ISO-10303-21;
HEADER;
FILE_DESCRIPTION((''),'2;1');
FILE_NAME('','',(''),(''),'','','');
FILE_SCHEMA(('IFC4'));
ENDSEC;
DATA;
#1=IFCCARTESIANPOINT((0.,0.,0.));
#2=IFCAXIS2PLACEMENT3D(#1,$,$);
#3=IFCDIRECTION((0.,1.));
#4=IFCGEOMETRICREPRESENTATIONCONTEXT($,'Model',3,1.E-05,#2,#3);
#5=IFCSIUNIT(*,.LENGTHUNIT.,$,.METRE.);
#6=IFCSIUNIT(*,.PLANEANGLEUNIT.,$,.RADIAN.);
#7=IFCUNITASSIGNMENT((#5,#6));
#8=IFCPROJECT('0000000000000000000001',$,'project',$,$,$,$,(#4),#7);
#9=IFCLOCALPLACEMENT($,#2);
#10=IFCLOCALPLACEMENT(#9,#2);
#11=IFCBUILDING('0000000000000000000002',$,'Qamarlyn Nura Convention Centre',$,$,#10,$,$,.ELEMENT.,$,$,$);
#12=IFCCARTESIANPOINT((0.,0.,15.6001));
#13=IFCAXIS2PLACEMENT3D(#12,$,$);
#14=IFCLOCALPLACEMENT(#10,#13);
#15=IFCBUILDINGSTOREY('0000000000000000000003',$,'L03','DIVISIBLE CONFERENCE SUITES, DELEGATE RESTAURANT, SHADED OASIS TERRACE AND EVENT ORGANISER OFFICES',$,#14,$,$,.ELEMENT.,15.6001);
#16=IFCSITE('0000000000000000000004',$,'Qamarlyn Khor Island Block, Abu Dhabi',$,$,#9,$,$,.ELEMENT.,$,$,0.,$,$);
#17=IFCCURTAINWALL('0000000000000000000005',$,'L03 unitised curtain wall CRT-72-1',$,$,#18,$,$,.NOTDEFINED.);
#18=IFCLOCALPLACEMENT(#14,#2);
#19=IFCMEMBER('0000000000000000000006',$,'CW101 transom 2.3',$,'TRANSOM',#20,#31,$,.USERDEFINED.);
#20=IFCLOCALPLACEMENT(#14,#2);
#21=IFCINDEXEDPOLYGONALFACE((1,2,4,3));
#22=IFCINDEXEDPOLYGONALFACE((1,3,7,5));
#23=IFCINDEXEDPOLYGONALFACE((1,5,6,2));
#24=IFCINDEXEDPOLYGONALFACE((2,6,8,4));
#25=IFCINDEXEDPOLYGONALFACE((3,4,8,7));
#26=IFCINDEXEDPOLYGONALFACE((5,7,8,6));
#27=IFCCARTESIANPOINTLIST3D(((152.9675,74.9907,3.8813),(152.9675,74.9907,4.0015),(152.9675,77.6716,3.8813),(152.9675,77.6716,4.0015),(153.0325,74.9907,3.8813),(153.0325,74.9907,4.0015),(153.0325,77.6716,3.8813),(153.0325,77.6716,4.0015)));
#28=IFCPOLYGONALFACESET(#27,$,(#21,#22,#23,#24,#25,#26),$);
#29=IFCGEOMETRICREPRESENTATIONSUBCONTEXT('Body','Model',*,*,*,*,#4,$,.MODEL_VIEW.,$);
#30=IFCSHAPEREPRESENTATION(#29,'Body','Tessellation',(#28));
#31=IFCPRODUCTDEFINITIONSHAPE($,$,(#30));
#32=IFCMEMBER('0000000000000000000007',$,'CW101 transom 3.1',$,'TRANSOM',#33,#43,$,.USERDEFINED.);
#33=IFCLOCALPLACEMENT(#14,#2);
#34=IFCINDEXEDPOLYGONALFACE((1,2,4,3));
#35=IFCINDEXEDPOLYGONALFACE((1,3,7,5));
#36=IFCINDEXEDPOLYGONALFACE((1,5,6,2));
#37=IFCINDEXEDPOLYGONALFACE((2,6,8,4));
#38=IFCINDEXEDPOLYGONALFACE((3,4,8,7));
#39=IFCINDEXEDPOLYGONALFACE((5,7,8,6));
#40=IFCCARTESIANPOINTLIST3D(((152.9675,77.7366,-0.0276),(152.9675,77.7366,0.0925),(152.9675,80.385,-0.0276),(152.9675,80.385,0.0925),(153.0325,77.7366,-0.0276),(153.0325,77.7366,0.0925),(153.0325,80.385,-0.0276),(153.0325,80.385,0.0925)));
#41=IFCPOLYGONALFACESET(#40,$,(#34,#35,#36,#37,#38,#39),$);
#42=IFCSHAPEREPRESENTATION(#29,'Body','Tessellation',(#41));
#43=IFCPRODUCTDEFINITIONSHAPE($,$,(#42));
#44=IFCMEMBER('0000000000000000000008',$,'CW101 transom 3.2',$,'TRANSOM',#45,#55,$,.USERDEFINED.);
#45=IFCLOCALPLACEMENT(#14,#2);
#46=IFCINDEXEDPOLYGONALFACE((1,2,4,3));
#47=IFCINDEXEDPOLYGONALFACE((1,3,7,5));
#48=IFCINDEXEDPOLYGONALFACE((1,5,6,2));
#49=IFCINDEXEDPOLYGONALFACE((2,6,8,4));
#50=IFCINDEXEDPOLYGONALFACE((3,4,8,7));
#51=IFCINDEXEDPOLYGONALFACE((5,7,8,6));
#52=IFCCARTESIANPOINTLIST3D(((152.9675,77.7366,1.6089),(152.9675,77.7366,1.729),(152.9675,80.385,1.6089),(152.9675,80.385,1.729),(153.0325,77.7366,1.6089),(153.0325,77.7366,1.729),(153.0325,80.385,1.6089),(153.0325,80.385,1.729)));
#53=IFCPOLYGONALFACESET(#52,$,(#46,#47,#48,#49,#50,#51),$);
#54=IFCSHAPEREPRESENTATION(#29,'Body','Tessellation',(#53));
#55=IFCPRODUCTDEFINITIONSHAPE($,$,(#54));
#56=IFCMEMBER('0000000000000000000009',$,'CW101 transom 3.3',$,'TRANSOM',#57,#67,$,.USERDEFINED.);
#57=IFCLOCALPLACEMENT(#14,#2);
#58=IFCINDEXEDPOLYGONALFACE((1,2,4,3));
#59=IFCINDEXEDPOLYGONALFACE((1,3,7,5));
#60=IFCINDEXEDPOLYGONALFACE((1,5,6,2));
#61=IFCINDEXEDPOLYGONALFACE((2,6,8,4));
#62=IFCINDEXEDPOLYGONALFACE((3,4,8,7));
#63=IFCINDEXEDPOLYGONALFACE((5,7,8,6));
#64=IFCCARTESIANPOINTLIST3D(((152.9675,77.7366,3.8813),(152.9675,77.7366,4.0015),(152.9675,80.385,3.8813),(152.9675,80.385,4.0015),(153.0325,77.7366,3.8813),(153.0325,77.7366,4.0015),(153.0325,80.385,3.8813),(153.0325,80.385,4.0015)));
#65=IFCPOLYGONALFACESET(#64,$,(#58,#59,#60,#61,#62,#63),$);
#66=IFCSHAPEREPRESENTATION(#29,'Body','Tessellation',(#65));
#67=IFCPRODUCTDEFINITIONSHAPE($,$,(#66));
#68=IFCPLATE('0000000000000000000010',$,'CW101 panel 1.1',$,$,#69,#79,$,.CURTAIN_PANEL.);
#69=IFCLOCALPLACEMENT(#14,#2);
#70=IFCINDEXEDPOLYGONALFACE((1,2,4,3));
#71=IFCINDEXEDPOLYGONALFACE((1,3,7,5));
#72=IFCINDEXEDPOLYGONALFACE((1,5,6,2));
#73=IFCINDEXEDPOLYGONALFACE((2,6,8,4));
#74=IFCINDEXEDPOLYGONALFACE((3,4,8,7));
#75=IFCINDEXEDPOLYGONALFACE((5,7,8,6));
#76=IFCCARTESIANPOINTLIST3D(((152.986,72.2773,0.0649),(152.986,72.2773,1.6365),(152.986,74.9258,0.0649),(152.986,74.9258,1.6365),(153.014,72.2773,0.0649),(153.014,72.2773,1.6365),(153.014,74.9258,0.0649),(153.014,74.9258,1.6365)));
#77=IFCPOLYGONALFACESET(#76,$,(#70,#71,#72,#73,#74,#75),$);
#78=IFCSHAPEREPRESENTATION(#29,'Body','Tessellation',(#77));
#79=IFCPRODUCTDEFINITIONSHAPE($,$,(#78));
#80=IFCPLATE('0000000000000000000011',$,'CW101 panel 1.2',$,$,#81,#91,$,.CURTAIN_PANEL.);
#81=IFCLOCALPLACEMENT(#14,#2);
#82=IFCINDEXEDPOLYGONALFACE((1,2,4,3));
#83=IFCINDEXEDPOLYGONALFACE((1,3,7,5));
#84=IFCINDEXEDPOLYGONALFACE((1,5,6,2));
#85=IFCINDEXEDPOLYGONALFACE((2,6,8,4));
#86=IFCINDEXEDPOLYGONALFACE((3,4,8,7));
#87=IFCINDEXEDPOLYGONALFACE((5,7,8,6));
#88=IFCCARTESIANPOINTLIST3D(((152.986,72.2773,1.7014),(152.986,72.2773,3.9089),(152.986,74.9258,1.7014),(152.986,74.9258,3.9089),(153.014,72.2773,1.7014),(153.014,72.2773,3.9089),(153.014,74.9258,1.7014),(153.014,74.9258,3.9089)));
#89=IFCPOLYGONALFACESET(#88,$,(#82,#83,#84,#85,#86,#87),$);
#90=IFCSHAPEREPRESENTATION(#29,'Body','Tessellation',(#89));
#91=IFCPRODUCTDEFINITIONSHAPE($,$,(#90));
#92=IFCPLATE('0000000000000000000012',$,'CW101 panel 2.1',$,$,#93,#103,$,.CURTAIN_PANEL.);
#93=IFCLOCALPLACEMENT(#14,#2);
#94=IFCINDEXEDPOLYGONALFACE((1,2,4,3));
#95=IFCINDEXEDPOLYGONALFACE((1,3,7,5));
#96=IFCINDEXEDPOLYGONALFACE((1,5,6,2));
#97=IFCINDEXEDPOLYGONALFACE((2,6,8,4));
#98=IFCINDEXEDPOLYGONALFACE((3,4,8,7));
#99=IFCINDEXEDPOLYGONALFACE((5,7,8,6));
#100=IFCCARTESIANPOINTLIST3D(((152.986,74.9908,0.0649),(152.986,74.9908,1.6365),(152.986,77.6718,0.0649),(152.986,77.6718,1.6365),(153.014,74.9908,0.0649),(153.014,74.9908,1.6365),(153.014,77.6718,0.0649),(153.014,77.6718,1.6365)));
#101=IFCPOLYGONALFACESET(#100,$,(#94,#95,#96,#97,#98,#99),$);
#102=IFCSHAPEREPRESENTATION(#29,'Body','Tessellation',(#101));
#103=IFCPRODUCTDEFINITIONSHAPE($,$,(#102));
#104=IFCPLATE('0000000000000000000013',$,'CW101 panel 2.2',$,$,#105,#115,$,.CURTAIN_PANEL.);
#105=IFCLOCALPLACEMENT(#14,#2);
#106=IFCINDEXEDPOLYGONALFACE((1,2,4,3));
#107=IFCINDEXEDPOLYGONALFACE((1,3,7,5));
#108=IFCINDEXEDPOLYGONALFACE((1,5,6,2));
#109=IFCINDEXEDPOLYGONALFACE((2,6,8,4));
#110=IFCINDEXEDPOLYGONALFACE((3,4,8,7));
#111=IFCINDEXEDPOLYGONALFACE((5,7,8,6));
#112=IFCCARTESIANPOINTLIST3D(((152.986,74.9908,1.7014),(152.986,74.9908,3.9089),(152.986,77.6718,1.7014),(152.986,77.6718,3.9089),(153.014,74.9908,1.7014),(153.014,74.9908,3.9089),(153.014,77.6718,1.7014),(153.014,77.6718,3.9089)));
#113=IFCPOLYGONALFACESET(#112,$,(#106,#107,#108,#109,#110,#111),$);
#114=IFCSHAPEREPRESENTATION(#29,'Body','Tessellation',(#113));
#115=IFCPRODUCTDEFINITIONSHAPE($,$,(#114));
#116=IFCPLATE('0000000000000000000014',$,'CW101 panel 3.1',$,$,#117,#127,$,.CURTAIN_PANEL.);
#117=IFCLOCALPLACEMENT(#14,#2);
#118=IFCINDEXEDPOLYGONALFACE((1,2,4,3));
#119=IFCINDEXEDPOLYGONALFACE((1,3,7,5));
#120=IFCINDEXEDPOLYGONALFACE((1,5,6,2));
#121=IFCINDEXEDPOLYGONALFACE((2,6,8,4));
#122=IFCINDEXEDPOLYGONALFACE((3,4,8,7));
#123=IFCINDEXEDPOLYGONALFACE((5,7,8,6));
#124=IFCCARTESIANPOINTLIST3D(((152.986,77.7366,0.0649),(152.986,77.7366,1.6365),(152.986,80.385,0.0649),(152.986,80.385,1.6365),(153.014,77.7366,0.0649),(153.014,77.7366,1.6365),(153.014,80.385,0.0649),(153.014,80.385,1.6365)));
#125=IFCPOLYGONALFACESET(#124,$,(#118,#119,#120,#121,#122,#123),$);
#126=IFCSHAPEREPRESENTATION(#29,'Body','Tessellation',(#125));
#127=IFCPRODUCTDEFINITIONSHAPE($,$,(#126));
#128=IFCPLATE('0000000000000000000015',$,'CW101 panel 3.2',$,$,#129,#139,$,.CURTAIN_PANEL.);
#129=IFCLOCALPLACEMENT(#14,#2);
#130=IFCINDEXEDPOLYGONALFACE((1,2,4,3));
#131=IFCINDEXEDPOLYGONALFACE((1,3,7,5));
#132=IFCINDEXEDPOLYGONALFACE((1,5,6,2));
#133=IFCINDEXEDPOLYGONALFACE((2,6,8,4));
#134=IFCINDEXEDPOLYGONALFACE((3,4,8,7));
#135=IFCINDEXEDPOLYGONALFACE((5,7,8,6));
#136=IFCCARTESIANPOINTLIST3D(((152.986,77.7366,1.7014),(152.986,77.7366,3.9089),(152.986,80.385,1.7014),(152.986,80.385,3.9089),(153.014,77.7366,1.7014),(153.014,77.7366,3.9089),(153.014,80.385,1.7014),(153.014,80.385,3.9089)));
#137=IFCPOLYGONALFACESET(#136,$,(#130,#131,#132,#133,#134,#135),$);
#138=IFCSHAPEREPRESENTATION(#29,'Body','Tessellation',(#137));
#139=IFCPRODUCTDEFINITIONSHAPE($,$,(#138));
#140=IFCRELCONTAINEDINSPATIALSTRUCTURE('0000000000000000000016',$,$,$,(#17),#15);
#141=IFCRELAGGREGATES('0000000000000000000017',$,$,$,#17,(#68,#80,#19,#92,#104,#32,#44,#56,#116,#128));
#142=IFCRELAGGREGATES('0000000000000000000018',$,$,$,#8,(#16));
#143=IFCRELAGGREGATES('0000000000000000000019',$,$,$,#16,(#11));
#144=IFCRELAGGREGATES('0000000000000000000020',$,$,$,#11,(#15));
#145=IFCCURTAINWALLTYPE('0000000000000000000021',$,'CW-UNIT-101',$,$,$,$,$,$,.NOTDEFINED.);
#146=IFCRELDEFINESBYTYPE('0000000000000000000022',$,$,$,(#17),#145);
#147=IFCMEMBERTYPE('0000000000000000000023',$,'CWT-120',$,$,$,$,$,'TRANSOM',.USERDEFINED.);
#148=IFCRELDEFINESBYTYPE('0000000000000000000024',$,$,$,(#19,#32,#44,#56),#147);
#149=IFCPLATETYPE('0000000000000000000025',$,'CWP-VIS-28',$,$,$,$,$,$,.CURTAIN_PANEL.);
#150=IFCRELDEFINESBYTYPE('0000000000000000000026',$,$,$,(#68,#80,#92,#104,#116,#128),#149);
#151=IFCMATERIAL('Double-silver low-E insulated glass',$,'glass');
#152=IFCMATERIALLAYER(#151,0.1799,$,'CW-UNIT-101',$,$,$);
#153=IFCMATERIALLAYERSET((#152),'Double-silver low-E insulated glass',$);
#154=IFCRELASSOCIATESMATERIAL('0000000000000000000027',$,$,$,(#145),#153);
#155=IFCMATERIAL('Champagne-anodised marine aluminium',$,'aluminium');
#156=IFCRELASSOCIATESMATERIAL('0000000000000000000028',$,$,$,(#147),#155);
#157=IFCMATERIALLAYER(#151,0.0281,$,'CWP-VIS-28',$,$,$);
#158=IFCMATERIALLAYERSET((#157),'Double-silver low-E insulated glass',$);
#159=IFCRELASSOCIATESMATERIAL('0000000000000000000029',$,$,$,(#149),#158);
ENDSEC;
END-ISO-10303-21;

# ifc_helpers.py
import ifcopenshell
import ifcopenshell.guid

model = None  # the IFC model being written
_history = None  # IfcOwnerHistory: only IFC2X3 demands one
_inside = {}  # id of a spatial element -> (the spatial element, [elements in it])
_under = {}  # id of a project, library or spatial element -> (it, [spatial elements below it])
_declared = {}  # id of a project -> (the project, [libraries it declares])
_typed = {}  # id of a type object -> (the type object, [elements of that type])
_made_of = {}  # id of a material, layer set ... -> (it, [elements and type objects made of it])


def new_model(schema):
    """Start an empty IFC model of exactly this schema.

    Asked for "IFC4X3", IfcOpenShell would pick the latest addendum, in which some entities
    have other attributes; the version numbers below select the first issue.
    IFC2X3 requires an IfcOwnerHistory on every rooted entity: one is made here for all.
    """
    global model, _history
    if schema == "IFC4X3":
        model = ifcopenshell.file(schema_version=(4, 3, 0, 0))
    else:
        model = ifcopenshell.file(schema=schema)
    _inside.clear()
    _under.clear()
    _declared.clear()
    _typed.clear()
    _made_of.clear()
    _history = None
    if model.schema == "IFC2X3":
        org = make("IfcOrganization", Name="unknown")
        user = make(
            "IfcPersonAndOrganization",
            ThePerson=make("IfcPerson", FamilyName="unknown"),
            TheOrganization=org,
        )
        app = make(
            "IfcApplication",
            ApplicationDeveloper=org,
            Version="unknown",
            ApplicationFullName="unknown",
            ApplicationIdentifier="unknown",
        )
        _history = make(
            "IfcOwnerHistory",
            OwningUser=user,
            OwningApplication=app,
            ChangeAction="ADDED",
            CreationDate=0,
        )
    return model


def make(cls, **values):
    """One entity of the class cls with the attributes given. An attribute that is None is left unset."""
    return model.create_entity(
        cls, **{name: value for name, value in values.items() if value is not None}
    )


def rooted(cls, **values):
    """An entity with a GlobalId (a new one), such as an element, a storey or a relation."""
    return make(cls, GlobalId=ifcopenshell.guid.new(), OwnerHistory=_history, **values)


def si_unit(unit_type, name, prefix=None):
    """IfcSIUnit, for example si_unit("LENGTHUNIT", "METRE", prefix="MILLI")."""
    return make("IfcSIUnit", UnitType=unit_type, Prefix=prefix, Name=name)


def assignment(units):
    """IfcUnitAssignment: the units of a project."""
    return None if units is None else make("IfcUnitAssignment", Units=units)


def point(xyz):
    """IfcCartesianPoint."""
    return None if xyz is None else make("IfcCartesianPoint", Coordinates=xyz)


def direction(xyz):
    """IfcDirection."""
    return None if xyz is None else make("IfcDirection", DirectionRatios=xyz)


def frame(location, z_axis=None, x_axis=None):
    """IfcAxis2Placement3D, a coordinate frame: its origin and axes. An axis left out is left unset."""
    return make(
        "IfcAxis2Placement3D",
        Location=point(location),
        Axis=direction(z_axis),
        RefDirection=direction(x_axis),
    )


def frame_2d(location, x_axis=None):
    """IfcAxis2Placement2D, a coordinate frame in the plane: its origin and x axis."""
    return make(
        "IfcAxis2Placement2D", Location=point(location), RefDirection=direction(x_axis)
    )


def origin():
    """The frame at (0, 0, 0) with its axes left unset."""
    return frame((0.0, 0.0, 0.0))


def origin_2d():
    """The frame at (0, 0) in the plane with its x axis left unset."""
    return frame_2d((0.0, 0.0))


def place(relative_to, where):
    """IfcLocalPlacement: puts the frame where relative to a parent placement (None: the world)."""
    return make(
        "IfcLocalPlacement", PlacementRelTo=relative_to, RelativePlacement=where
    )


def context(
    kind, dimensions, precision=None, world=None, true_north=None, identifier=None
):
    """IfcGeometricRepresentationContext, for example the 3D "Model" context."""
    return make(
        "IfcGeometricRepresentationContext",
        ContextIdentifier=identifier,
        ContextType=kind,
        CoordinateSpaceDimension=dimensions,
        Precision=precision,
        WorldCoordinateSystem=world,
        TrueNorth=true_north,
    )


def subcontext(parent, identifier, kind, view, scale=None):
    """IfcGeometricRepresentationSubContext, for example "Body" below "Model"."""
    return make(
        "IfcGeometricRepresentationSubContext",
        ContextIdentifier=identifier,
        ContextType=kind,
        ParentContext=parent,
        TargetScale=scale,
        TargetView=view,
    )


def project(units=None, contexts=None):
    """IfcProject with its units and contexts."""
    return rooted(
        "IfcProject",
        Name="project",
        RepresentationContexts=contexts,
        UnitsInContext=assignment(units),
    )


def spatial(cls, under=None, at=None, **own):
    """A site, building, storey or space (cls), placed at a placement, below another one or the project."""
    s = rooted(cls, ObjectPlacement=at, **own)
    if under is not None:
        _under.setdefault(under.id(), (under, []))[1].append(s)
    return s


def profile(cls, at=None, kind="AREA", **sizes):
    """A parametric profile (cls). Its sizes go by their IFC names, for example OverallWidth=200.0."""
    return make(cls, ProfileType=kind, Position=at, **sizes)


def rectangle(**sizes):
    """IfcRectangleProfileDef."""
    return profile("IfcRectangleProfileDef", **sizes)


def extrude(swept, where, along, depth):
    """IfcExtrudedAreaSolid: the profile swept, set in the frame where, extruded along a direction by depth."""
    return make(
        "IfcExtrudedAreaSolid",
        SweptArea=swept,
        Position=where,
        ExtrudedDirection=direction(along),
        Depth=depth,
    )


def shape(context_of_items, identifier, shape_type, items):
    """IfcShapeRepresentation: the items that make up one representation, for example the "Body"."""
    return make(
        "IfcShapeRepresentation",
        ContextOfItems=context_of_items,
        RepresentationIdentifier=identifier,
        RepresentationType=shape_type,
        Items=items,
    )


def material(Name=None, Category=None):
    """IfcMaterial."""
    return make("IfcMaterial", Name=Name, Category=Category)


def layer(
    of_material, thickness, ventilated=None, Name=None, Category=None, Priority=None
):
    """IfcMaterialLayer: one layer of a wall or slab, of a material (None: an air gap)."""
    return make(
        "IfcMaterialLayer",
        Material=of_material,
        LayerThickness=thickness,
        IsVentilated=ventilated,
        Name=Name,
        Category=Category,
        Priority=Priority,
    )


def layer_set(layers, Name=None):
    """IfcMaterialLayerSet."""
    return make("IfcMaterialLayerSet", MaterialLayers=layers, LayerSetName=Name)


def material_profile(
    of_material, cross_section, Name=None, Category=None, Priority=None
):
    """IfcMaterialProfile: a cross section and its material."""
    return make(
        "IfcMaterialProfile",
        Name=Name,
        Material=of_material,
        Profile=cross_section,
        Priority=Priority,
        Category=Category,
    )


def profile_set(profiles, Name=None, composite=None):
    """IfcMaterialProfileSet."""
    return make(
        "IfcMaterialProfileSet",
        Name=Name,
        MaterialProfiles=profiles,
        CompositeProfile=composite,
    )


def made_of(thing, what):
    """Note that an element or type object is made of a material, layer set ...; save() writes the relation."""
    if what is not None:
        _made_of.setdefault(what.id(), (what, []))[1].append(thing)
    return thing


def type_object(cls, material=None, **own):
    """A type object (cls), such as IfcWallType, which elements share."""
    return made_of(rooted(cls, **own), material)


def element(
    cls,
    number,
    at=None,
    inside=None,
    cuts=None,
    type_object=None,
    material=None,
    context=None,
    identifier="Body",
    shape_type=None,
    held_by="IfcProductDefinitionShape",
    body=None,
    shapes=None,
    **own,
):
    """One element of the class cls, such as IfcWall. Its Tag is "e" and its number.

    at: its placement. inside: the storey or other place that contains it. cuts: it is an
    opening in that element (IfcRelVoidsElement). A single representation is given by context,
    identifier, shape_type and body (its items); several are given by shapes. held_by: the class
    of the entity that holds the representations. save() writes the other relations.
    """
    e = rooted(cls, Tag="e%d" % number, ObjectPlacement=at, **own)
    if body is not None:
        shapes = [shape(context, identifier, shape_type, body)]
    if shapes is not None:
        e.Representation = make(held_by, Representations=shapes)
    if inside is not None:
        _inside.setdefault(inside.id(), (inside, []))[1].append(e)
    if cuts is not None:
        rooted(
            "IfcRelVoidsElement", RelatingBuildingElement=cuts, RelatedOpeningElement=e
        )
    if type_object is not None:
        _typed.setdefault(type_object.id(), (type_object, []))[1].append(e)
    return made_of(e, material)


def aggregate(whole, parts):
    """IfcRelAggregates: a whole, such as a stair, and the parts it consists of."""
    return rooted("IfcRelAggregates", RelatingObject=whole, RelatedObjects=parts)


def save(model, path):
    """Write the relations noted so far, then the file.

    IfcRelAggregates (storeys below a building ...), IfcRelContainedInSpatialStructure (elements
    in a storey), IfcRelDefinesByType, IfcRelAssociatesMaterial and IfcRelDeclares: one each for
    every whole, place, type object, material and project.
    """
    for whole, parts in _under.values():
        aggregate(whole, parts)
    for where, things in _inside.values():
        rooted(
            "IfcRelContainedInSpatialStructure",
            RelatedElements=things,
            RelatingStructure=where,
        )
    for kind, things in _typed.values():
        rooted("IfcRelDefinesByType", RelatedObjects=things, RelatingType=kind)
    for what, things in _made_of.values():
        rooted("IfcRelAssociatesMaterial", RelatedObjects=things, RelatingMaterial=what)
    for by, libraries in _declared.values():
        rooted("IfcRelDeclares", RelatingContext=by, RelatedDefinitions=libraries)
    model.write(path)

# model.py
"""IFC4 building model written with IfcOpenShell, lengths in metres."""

from ifc_helpers import new_model, si_unit, direction, frame, origin, origin_2d, place, context, subcontext, project, spatial, rectangle, extrude, material, layer, layer_set, material_profile, profile_set, type_object, element, aggregate, save


model = new_model("IFC4")

# Units and contexts
model_context = context("Model", 3, precision=1e-05, world=origin(), true_north=direction((0.0, 1.0)))
body_context = subcontext(model_context, "Body", "Model", "MODEL_VIEW")
ifc_project = project(units=[si_unit("LENGTHUNIT", "METRE"), si_unit("PLANEANGLEUNIT", "RADIAN")], contexts=[model_context])

# Site, building, storey
site_placement = place(None, origin())
site = spatial("IfcSite", under=ifc_project, at=site_placement, Name="Qamarlyn Khor Island Block, Abu Dhabi", CompositionType="ELEMENT", RefElevation=0.0)
building_placement = place(site_placement, origin())
building = spatial("IfcBuilding", under=site, at=building_placement, Name="Qamarlyn Nura Convention Centre", CompositionType="ELEMENT")
storey_placement = place(building_placement, frame((0.0, 0.0, 15.6001)))
storey = spatial("IfcBuildingStorey", under=building, at=storey_placement, Name="L03", Description="DIVISIBLE CONFERENCE SUITES, DELEGATE RESTAURANT, SHADED OASIS TERRACE AND EVENT ORGANISER OFFICES", CompositionType="ELEMENT", Elevation=15.6001)

# Curtain wall, members, plates
ifc_material_1 = material(Name="Double-silver low-E insulated glass", Category="glass")
ifc_layer_1 = layer(ifc_material_1, 0.1799, Name="CW-UNIT-101")
ifc_layer_set_1 = layer_set([ifc_layer_1], Name="Double-silver low-E insulated glass")
curtain_wall_type = type_object("IfcCurtainWallType", Name="CW-UNIT-101", PredefinedType="NOTDEFINED", material=ifc_layer_set_1)
curtain_wall_placement = place(storey_placement, origin())
curtain_wall = element("IfcCurtainWall", 1, at=curtain_wall_placement, inside=storey, type_object=curtain_wall_type, Name="L03 unitised curtain wall CRT-72-1", PredefinedType="NOTDEFINED")
ifc_material_2 = material(Name="Champagne-anodised marine aluminium", Category="aluminium")
ifc_material_profile_1 = material_profile(ifc_material_2, rectangle(XDim=0.0649, YDim=0.1201, at=origin_2d()), Name="ALU TRANSOM 65x120")
ifc_profile_set_1 = profile_set([ifc_material_profile_1], Name="Champagne-anodised marine aluminium")
member_type_1 = type_object("IfcMemberType", Name="CWT-120", ElementType="TRANSOM", PredefinedType="USERDEFINED", material=ifc_profile_set_1)
member_1_placement = place(storey_placement, frame((153.0, 74.9907, 3.9414), z_axis=(0.0, 1.0, 0.0), x_axis=(-1.0, 0.0, 0.0)))
member_1 = element("IfcMember", 2, at=member_1_placement, type_object=member_type_1, Name="CW101 transom 2.3", ObjectType="TRANSOM", PredefinedType="USERDEFINED", context=body_context, shape_type="SweptSolid", body=[
    extrude(rectangle(XDim=0.0649, YDim=0.1201, at=origin_2d()), origin(), (0.0, 0.0, 1.0), 2.6809),
])
member_2_placement = place(storey_placement, frame((153.0, 77.7366, 0.0325), z_axis=(0.0, 1.0, 0.0), x_axis=(-1.0, 0.0, 0.0)))
member_2 = element("IfcMember", 3, at=member_2_placement, type_object=member_type_1, Name="CW101 transom 3.1", ObjectType="TRANSOM", PredefinedType="USERDEFINED", context=body_context, shape_type="SweptSolid", body=[
    extrude(rectangle(XDim=0.0649, YDim=0.1201, at=origin_2d()), origin(), (0.0, 0.0, 1.0), 2.6484),
])
member_3_placement = place(storey_placement, frame((153.0, 77.7366, 1.6689), z_axis=(0.0, 1.0, 0.0), x_axis=(-1.0, 0.0, 0.0)))
member_3 = element("IfcMember", 4, at=member_3_placement, type_object=member_type_1, Name="CW101 transom 3.2", ObjectType="TRANSOM", PredefinedType="USERDEFINED", context=body_context, shape_type="SweptSolid", body=[
    extrude(rectangle(XDim=0.0649, YDim=0.1201, at=origin_2d()), origin(), (0.0, 0.0, 1.0), 2.6484),
])
member_4_placement = place(storey_placement, frame((153.0, 77.7366, 3.9414), z_axis=(0.0, 1.0, 0.0), x_axis=(-1.0, 0.0, 0.0)))
member_4 = element("IfcMember", 5, at=member_4_placement, type_object=member_type_1, Name="CW101 transom 3.3", ObjectType="TRANSOM", PredefinedType="USERDEFINED", context=body_context, shape_type="SweptSolid", body=[
    extrude(rectangle(XDim=0.0649, YDim=0.1201, at=origin_2d()), origin(), (0.0, 0.0, 1.0), 2.6484),
])
ifc_layer_2 = layer(ifc_material_1, 0.0281, Name="CWP-VIS-28")
ifc_layer_set_2 = layer_set([ifc_layer_2], Name="Double-silver low-E insulated glass")
plate_type = type_object("IfcPlateType", Name="CWP-VIS-28", PredefinedType="CURTAIN_PANEL", material=ifc_layer_set_2)
plate_1_placement = place(storey_placement, frame((153.0, 73.6016, 0.0649), z_axis=(0.0, 0.0, 1.0), x_axis=(0.0, 1.0, 0.0)))
plate_1 = element("IfcPlate", 6, at=plate_1_placement, type_object=plate_type, Name="CW101 panel 1.1", PredefinedType="CURTAIN_PANEL", context=body_context, shape_type="SweptSolid", body=[
    extrude(rectangle(XDim=2.6484, YDim=0.0281, at=origin_2d()), origin(), (0.0, 0.0, 1.0), 1.5715),
])
plate_2_placement = place(storey_placement, frame((153.0, 73.6016, 1.7014), z_axis=(0.0, 0.0, 1.0), x_axis=(0.0, 1.0, 0.0)))
plate_2 = element("IfcPlate", 7, at=plate_2_placement, type_object=plate_type, Name="CW101 panel 1.2", PredefinedType="CURTAIN_PANEL", context=body_context, shape_type="SweptSolid", body=[
    extrude(rectangle(XDim=2.6484, YDim=0.0281, at=origin_2d()), origin(), (0.0, 0.0, 1.0), 2.2075),
])
plate_3_placement = place(storey_placement, frame((153.0, 76.3313, 0.0649), z_axis=(0.0, 0.0, 1.0), x_axis=(0.0, 1.0, 0.0)))
plate_3 = element("IfcPlate", 8, at=plate_3_placement, type_object=plate_type, Name="CW101 panel 2.1", PredefinedType="CURTAIN_PANEL", context=body_context, shape_type="SweptSolid", body=[
    extrude(rectangle(XDim=2.6809, YDim=0.0281, at=origin_2d()), origin(), (0.0, 0.0, 1.0), 1.5715),
])
plate_4_placement = place(storey_placement, frame((153.0, 76.3313, 1.7014), z_axis=(0.0, 0.0, 1.0), x_axis=(0.0, 1.0, 0.0)))
plate_4 = element("IfcPlate", 9, at=plate_4_placement, type_object=plate_type, Name="CW101 panel 2.2", PredefinedType="CURTAIN_PANEL", context=body_context, shape_type="SweptSolid", body=[
    extrude(rectangle(XDim=2.6809, YDim=0.0281, at=origin_2d()), origin(), (0.0, 0.0, 1.0), 2.2075),
])
plate_5_placement = place(storey_placement, frame((153.0, 79.0608, 0.0649), z_axis=(0.0, 0.0, 1.0), x_axis=(0.0, 1.0, 0.0)))
plate_5 = element("IfcPlate", 10, at=plate_5_placement, type_object=plate_type, Name="CW101 panel 3.1", PredefinedType="CURTAIN_PANEL", context=body_context, shape_type="SweptSolid", body=[
    extrude(rectangle(XDim=2.6484, YDim=0.0281, at=origin_2d()), origin(), (0.0, 0.0, 1.0), 1.5715),
])
plate_6_placement = place(storey_placement, frame((153.0, 79.0608, 1.7014), z_axis=(0.0, 0.0, 1.0), x_axis=(0.0, 1.0, 0.0)))
plate_6 = element("IfcPlate", 11, at=plate_6_placement, type_object=plate_type, Name="CW101 panel 3.2", PredefinedType="CURTAIN_PANEL", context=body_context, shape_type="SweptSolid", body=[
    extrude(rectangle(XDim=2.6484, YDim=0.0281, at=origin_2d()), origin(), (0.0, 0.0, 1.0), 2.2075),
])
aggregate(curtain_wall, [plate_1, plate_2, member_1, plate_3, plate_4, member_2, member_3, member_4, plate_5, plate_6])

save(model, "model.ifc")
